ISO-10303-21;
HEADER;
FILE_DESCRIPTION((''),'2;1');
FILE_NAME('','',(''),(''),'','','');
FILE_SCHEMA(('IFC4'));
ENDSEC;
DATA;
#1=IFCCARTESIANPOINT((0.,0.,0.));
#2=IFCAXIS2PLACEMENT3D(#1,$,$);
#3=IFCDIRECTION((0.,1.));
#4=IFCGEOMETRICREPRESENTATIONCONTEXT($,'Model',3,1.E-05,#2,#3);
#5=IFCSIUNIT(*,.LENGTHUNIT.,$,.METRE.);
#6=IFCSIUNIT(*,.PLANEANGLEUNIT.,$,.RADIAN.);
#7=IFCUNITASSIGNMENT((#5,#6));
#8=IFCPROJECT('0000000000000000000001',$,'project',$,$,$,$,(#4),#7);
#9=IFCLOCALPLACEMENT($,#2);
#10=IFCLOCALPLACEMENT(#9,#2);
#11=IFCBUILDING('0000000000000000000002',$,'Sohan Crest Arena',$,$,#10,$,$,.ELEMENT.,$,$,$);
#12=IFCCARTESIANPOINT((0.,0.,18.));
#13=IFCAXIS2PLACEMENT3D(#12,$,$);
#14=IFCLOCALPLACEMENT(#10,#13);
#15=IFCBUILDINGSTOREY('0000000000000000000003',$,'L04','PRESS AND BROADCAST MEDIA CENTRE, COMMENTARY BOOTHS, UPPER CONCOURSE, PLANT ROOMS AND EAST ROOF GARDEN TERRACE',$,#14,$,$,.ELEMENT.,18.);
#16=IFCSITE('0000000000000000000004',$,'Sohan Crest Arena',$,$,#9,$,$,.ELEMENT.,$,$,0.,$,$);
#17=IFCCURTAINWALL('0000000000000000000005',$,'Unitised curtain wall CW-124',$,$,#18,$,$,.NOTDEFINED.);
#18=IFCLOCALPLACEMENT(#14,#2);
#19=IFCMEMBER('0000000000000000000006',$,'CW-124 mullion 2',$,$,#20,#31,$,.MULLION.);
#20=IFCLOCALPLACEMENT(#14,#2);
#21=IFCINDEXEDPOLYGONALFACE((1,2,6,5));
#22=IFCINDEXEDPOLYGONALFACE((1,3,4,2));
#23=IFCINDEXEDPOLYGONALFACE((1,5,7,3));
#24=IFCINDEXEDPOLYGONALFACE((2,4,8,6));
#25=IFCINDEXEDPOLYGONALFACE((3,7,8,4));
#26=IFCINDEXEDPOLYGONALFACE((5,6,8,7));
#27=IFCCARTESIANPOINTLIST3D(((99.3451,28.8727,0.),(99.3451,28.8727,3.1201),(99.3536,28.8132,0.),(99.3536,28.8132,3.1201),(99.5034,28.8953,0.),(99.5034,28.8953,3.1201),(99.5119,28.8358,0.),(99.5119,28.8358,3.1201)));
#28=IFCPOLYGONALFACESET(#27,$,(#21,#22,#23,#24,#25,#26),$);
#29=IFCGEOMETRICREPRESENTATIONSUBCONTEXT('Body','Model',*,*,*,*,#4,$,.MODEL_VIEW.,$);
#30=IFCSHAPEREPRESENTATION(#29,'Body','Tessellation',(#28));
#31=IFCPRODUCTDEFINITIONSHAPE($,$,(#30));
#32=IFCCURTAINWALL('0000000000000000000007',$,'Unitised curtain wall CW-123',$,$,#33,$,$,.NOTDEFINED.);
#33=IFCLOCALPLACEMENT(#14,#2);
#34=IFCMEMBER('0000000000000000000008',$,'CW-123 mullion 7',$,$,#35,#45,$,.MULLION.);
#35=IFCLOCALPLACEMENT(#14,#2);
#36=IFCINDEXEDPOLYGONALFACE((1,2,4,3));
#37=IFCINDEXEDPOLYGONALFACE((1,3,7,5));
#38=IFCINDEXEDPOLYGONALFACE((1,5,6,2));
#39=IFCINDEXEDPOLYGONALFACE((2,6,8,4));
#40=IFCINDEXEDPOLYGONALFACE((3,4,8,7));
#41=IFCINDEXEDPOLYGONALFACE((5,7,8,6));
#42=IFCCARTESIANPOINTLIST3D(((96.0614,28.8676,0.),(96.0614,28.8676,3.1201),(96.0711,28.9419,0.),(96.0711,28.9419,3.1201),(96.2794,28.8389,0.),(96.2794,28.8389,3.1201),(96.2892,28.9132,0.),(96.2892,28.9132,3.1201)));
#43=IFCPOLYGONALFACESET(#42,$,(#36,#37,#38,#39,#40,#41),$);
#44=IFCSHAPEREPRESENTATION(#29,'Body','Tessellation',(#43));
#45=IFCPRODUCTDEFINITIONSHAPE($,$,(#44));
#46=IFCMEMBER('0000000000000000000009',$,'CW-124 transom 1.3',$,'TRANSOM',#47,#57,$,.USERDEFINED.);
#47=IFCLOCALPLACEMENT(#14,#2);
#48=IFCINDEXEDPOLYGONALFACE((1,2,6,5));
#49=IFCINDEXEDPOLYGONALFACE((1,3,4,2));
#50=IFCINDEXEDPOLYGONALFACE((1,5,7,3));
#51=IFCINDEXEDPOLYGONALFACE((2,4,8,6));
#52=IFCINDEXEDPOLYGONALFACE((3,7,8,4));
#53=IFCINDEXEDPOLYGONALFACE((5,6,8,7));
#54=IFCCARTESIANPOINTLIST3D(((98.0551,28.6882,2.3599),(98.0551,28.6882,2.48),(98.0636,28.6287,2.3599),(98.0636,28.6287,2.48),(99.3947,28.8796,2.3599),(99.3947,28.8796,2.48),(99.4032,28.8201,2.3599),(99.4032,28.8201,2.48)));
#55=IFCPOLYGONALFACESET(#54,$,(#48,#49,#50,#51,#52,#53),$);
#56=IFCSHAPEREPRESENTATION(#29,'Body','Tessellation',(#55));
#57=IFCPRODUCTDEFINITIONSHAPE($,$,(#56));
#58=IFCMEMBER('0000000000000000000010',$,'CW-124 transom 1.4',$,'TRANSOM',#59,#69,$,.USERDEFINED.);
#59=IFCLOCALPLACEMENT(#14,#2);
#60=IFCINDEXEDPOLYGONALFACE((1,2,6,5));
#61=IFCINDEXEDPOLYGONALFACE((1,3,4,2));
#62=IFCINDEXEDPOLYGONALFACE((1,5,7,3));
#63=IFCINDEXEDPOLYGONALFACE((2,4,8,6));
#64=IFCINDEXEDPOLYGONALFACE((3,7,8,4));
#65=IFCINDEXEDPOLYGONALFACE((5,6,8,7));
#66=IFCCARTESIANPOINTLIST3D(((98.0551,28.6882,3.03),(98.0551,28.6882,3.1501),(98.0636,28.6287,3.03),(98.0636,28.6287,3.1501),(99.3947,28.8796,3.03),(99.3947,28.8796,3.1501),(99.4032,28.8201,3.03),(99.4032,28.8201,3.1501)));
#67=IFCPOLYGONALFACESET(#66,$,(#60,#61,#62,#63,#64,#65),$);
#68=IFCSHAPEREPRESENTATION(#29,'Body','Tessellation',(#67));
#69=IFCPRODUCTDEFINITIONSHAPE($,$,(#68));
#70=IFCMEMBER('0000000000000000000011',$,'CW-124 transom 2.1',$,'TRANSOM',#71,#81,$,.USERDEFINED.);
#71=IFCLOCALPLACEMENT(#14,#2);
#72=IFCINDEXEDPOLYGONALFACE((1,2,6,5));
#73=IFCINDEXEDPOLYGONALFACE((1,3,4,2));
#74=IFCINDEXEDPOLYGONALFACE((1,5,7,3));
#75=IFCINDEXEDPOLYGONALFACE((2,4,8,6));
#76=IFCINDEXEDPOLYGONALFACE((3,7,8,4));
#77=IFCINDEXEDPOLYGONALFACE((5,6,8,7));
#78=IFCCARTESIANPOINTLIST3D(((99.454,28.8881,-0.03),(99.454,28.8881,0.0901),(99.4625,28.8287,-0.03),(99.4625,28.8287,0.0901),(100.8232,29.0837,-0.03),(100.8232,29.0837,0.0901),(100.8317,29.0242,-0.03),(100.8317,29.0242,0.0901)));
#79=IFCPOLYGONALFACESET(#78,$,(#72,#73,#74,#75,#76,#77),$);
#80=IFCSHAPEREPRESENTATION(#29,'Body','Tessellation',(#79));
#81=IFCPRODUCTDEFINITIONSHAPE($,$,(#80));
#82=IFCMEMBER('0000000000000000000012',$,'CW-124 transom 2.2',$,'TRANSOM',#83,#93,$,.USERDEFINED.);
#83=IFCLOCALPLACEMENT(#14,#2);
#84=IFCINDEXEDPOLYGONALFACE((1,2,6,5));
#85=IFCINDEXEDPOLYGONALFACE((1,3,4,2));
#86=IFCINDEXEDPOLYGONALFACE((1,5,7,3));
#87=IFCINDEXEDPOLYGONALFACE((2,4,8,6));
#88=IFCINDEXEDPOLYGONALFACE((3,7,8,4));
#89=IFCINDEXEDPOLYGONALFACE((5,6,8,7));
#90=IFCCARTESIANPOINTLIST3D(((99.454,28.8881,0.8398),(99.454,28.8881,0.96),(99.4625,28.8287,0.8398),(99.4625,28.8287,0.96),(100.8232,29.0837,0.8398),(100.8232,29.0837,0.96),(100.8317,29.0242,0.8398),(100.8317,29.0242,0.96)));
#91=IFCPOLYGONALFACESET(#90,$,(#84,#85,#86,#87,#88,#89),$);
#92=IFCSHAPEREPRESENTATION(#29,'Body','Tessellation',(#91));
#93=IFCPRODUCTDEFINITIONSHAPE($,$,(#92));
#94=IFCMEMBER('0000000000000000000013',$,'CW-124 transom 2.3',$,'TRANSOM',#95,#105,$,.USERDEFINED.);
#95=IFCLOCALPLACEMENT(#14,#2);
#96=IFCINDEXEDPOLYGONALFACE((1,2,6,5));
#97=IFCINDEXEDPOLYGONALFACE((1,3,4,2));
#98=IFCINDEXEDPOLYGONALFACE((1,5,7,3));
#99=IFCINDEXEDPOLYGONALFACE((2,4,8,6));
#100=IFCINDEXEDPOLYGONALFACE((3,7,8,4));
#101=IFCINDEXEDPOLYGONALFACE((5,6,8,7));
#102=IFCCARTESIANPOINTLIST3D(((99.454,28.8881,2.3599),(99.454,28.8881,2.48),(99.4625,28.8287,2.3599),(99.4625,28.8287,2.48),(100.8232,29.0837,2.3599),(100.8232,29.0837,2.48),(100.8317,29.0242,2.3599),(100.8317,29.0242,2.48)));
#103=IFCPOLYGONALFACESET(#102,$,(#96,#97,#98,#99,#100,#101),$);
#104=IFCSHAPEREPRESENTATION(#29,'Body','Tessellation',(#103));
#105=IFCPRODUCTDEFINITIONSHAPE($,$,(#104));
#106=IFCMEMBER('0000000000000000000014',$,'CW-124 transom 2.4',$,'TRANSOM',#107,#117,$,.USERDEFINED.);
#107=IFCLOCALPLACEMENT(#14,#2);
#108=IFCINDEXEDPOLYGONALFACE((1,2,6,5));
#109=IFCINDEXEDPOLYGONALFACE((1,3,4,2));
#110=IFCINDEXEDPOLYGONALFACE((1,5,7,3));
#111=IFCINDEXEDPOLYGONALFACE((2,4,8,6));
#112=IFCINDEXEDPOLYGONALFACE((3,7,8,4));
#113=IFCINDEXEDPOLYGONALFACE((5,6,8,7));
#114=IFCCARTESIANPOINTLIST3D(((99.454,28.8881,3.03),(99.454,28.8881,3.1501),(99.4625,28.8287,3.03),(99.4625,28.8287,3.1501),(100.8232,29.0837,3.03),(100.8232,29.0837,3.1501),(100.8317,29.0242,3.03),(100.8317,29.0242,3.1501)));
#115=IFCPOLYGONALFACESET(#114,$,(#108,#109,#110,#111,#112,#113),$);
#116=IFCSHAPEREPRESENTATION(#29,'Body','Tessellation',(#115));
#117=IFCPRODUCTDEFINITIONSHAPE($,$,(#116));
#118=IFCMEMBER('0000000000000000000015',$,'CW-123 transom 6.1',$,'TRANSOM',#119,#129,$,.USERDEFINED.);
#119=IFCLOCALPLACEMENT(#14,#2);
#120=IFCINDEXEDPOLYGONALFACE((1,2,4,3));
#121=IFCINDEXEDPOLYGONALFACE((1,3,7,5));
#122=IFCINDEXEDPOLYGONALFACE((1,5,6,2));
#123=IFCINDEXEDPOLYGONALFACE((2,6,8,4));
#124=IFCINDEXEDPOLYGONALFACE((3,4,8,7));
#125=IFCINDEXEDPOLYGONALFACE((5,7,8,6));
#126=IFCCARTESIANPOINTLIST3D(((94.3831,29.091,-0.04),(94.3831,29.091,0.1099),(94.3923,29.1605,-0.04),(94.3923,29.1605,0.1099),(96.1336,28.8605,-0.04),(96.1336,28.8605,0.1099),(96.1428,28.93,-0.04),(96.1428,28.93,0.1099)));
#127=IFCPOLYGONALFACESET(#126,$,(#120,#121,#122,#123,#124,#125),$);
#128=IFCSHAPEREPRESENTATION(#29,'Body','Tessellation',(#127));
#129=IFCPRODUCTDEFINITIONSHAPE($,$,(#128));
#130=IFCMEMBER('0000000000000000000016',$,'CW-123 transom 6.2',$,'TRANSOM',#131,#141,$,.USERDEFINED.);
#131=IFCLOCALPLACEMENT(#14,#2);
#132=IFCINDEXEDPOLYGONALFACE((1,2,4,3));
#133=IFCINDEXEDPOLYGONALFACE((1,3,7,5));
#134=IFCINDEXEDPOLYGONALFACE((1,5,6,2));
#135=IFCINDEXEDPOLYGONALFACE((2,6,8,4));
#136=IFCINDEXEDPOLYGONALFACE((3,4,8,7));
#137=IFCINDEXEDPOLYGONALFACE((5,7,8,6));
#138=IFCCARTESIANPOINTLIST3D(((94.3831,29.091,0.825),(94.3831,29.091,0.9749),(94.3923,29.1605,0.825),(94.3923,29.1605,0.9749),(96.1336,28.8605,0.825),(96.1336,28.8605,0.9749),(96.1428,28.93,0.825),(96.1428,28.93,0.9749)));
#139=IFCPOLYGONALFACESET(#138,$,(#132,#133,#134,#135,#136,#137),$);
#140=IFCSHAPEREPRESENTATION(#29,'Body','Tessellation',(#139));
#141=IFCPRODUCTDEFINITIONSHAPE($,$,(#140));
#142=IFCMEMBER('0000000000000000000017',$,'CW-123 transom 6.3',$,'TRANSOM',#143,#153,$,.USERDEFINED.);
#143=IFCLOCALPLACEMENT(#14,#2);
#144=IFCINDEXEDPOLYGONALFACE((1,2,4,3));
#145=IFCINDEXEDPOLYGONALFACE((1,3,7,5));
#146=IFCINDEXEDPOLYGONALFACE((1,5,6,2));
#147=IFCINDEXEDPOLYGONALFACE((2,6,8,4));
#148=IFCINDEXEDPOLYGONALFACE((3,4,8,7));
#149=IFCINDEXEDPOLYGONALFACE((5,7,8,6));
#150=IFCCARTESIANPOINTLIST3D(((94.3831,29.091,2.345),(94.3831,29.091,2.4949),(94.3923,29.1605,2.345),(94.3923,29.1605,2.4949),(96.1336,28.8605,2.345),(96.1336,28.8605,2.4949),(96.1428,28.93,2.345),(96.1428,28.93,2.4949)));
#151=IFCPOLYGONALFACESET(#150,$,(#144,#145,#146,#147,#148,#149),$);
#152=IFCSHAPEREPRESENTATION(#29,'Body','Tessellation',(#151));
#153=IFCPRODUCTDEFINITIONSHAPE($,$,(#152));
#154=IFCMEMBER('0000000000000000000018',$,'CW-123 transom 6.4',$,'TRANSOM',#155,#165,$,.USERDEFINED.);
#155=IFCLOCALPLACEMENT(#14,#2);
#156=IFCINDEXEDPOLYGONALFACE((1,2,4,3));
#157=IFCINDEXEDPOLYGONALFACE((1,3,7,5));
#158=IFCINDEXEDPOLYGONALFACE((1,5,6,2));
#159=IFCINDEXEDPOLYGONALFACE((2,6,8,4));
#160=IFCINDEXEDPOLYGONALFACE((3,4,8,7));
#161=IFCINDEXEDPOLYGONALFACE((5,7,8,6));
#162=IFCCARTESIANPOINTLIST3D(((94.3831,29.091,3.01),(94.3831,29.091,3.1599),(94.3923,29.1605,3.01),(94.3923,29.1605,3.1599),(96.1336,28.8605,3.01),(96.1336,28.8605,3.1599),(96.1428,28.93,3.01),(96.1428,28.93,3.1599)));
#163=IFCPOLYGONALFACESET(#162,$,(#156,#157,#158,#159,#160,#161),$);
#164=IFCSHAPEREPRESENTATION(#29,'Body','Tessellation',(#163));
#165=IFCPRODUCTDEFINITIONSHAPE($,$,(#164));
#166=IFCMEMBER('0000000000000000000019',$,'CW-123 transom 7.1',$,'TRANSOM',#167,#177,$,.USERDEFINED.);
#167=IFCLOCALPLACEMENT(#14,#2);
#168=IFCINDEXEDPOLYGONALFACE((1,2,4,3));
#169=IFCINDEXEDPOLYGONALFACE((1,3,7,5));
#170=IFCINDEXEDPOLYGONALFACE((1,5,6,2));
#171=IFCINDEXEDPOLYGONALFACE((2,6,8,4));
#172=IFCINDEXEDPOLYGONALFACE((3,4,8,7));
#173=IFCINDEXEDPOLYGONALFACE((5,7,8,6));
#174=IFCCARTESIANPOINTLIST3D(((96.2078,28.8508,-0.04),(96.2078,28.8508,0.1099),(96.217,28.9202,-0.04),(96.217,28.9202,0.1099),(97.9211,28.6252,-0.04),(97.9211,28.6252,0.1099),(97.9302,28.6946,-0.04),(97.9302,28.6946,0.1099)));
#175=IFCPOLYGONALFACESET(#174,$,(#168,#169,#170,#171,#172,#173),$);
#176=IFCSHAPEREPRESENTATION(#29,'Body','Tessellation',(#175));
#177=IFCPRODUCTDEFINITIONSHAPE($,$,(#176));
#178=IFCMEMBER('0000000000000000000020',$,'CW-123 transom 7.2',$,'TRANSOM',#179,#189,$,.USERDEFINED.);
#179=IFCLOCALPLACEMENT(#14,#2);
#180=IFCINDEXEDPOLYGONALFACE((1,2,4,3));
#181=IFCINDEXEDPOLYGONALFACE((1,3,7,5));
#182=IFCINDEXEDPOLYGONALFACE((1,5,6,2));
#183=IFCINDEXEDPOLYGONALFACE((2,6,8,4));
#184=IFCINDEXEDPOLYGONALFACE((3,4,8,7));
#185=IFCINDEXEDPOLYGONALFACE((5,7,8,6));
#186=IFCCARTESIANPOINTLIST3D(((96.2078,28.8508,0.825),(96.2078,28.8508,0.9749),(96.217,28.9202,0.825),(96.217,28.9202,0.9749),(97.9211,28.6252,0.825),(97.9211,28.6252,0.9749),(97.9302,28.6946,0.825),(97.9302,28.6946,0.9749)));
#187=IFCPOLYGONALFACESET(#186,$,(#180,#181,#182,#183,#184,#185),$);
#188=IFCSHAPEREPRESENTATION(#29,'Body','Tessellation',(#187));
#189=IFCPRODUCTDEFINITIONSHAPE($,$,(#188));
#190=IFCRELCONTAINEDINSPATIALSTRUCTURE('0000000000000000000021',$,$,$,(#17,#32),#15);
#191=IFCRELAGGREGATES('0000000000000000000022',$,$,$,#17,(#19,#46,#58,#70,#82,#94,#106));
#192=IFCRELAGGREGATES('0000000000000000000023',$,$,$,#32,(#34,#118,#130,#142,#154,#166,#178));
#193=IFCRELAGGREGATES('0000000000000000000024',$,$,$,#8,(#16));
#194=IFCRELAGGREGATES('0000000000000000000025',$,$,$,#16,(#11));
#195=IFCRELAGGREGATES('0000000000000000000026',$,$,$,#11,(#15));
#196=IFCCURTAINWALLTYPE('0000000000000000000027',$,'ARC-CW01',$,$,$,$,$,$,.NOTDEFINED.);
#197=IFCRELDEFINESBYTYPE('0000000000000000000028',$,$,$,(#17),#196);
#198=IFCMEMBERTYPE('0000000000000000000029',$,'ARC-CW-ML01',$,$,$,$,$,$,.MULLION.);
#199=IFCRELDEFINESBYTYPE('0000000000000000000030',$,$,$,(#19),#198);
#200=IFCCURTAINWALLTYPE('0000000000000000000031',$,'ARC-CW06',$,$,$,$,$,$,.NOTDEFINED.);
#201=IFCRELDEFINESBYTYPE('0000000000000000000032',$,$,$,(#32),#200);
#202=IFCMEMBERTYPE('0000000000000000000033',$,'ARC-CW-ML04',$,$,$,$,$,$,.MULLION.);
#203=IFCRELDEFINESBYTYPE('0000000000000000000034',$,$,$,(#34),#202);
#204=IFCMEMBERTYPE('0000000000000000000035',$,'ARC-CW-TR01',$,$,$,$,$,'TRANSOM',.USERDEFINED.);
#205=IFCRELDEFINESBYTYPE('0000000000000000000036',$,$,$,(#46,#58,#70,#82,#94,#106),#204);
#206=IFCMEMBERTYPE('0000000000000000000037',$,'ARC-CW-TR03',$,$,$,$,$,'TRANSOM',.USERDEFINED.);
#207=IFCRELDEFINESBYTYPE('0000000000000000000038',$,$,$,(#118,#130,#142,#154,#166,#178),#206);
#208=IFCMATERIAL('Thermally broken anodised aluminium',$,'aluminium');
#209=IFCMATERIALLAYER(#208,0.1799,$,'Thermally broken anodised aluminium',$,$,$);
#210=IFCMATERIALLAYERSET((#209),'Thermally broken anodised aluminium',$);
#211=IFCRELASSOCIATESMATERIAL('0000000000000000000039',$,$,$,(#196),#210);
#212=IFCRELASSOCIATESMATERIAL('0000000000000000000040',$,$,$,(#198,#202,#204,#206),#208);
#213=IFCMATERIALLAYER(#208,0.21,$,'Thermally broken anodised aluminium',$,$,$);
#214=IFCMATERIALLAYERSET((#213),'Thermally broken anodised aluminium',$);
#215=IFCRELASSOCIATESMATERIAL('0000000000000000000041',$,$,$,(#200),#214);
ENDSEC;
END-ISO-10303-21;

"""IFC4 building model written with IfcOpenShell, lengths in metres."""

from ifc_helpers import new_model, si_unit, direction, frame, origin, origin_2d, place, context, subcontext, project, spatial, rectangle, extrude, material, layer, layer_set, material_profile, profile_set, type_object, element, aggregate, save


model = new_model("IFC4")

# Units and contexts
model_context = context("Model", 3, precision=1e-05, world=origin(), true_north=direction((0.0, 1.0)))
body_context = subcontext(model_context, "Body", "Model", "MODEL_VIEW")
ifc_project = project(units=[si_unit("LENGTHUNIT", "METRE"), si_unit("PLANEANGLEUNIT", "RADIAN")], contexts=[model_context])

# Site, building, storey
site_placement = place(None, origin())
site = spatial("IfcSite", under=ifc_project, at=site_placement, Name="Sohan Crest Arena", CompositionType="ELEMENT", RefElevation=0.0)
building_placement = place(site_placement, origin())
building = spatial("IfcBuilding", under=site, at=building_placement, Name="Sohan Crest Arena", CompositionType="ELEMENT")
storey_placement = place(building_placement, frame((0.0, 0.0, 18.0)))
storey = spatial("IfcBuildingStorey", under=building, at=storey_placement, Name="L04", Description="PRESS AND BROADCAST MEDIA CENTRE, COMMENTARY BOOTHS, UPPER CONCOURSE, PLANT ROOMS AND EAST ROOF GARDEN TERRACE", CompositionType="ELEMENT", Elevation=18.0)

# Curtain walls, members
ifc_material_1 = material(Name="Thermally broken anodised aluminium", Category="aluminium")
ifc_layer_1 = layer(ifc_material_1, 0.1799, Name="Thermally broken anodised aluminium")
ifc_layer_set_1 = layer_set([ifc_layer_1], Name="Thermally broken anodised aluminium")
curtain_wall_type_1 = type_object("IfcCurtainWallType", Name="ARC-CW01", PredefinedType="NOTDEFINED", material=ifc_layer_set_1)
curtain_wall_1_placement = place(storey_placement, origin())
curtain_wall_1 = element("IfcCurtainWall", 1, at=curtain_wall_1_placement, inside=storey, type_object=curtain_wall_type_1, Name="Unitised curtain wall CW-124", PredefinedType="NOTDEFINED")
ifc_material_profile_1 = material_profile(ifc_material_1, rectangle(XDim=0.0601, YDim=0.1599, at=origin_2d()), Name="ALU-MULL 60x160")
ifc_profile_set_1 = profile_set([ifc_material_profile_1], Name="Thermally broken anodised aluminium")
member_type_1 = type_object("IfcMemberType", Name="ARC-CW-ML01", PredefinedType="MULLION", material=ifc_profile_set_1)
member_1_placement = place(storey_placement, frame((99.4285, 28.8542, 0.0), z_axis=(0.0, 0.0, 1.0), x_axis=(-0.141463, 0.989944, 0.0)))
member_1 = element("IfcMember", 2, at=member_1_placement, type_object=member_type_1, Name="CW-124 mullion 2", PredefinedType="MULLION", context=body_context, shape_type="SweptSolid", body=[
    extrude(rectangle(XDim=0.0601, YDim=0.1599, at=origin_2d()), origin(), (0.0, 0.0, 1.0), 3.1201),
])
ifc_layer_2 = layer(ifc_material_1, 0.21, Name="Thermally broken anodised aluminium")
ifc_layer_set_2 = layer_set([ifc_layer_2], Name="Thermally broken anodised aluminium")
curtain_wall_type_2 = type_object("IfcCurtainWallType", Name="ARC-CW06", PredefinedType="NOTDEFINED", material=ifc_layer_set_2)
curtain_wall_2_placement = place(storey_placement, origin())
curtain_wall_2 = element("IfcCurtainWall", 3, at=curtain_wall_2_placement, inside=storey, type_object=curtain_wall_type_2, Name="Unitised curtain wall CW-123", PredefinedType="NOTDEFINED")
ifc_material_profile_2 = material_profile(ifc_material_1, rectangle(XDim=0.075, YDim=0.22, at=origin_2d()), Name="ALU-MULL 75x220")
ifc_profile_set_2 = profile_set([ifc_material_profile_2], Name="Thermally broken anodised aluminium")
member_type_2 = type_object("IfcMemberType", Name="ARC-CW-ML04", PredefinedType="MULLION", material=ifc_profile_set_2)
member_2_placement = place(storey_placement, frame((96.1753, 28.8904, 0.0), z_axis=(0.0, 0.0, 1.0), x_axis=(0.130557, 0.991441, 0.0)))
member_2 = element("IfcMember", 4, at=member_2_placement, type_object=member_type_2, Name="CW-123 mullion 7", PredefinedType="MULLION", context=body_context, shape_type="SweptSolid", body=[
    extrude(rectangle(XDim=0.075, YDim=0.22, at=origin_2d()), origin(), (0.0, 0.0, 1.0), 3.1201),
])

# Members
ifc_material_profile_3 = material_profile(ifc_material_1, rectangle(XDim=0.0601, YDim=0.1201, at=origin_2d()), Name="ALU-TRAN 60x120")
ifc_profile_set_3 = profile_set([ifc_material_profile_3], Name="Thermally broken anodised aluminium")
member_type_3 = type_object("IfcMemberType", Name="ARC-CW-TR01", ElementType="TRANSOM", PredefinedType="USERDEFINED", material=ifc_profile_set_3)
member_3_placement = place(storey_placement, frame((98.0593, 28.6584, 2.4199), z_axis=(0.989946, 0.141447, 0.0), x_axis=(-0.141447, 0.989946, 0.0)))
member_3 = element("IfcMember", 5, at=member_3_placement, type_object=member_type_3, Name="CW-124 transom 1.3", ObjectType="TRANSOM", PredefinedType="USERDEFINED", context=body_context, shape_type="SweptSolid", body=[
    extrude(rectangle(XDim=0.0601, YDim=0.1201, at=origin_2d()), origin(), (0.0, 0.0, 1.0), 1.3533),
])
member_4_placement = place(storey_placement, frame((98.0593, 28.6584, 3.0901), z_axis=(0.989946, 0.141447, 0.0), x_axis=(-0.141447, 0.989946, 0.0)))
member_4 = element("IfcMember", 6, at=member_4_placement, type_object=member_type_3, Name="CW-124 transom 1.4", ObjectType="TRANSOM", PredefinedType="USERDEFINED", context=body_context, shape_type="SweptSolid", body=[
    extrude(rectangle(XDim=0.0601, YDim=0.1201, at=origin_2d()), origin(), (0.0, 0.0, 1.0), 1.3533),
])
member_5_placement = place(storey_placement, frame((99.4583, 28.8584, 0.03), z_axis=(0.989953, 0.141397, 0.0), x_axis=(-0.141397, 0.989953, 0.0)))
member_5 = element("IfcMember", 7, at=member_5_placement, type_object=member_type_3, Name="CW-124 transom 2.1", ObjectType="TRANSOM", PredefinedType="USERDEFINED", context=body_context, shape_type="SweptSolid", body=[
    extrude(rectangle(XDim=0.0601, YDim=0.1201, at=origin_2d()), origin(), (0.0, 0.0, 1.0), 1.3831),
])
member_6_placement = place(storey_placement, frame((99.4583, 28.8584, 0.8999), z_axis=(0.989953, 0.141397, 0.0), x_axis=(-0.141397, 0.989953, 0.0)))
member_6 = element("IfcMember", 8, at=member_6_placement, type_object=member_type_3, Name="CW-124 transom 2.2", ObjectType="TRANSOM", PredefinedType="USERDEFINED", context=body_context, shape_type="SweptSolid", body=[
    extrude(rectangle(XDim=0.0601, YDim=0.1201, at=origin_2d()), origin(), (0.0, 0.0, 1.0), 1.3831),
])
member_7_placement = place(storey_placement, frame((99.4583, 28.8584, 2.4199), z_axis=(0.989953, 0.141397, 0.0), x_axis=(-0.141397, 0.989953, 0.0)))
member_7 = element("IfcMember", 9, at=member_7_placement, type_object=member_type_3, Name="CW-124 transom 2.3", ObjectType="TRANSOM", PredefinedType="USERDEFINED", context=body_context, shape_type="SweptSolid", body=[
    extrude(rectangle(XDim=0.0601, YDim=0.1201, at=origin_2d()), origin(), (0.0, 0.0, 1.0), 1.3831),
])
member_8_placement = place(storey_placement, frame((99.4583, 28.8584, 3.0901), z_axis=(0.989953, 0.141397, 0.0), x_axis=(-0.141397, 0.989953, 0.0)))
member_8 = element("IfcMember", 10, at=member_8_placement, type_object=member_type_3, Name="CW-124 transom 2.4", ObjectType="TRANSOM", PredefinedType="USERDEFINED", context=body_context, shape_type="SweptSolid", body=[
    extrude(rectangle(XDim=0.0601, YDim=0.1201, at=origin_2d()), origin(), (0.0, 0.0, 1.0), 1.3831),
])
ifc_material_profile_4 = material_profile(ifc_material_1, rectangle(XDim=0.0701, YDim=0.1499, at=origin_2d()), Name="ALU-TRAN 70x150")
ifc_profile_set_4 = profile_set([ifc_material_profile_4], Name="Thermally broken anodised aluminium")
member_type_4 = type_object("IfcMemberType", Name="ARC-CW-TR03", ElementType="TRANSOM", PredefinedType="USERDEFINED", material=ifc_profile_set_4)
member_9_placement = place(storey_placement, frame((94.3877, 29.1257, 0.0349), z_axis=(0.991444, -0.130533, 0.0), x_axis=(0.130533, 0.991444, 0.0)))
member_9 = element("IfcMember", 11, at=member_9_placement, type_object=member_type_4, Name="CW-123 transom 6.1", ObjectType="TRANSOM", PredefinedType="USERDEFINED", context=body_context, shape_type="SweptSolid", body=[
    extrude(rectangle(XDim=0.0701, YDim=0.1499, at=origin_2d()), origin(), (0.0, 0.0, 1.0), 1.7656),
])
member_10_placement = place(storey_placement, frame((94.3877, 29.1257, 0.8999), z_axis=(0.991444, -0.130533, 0.0), x_axis=(0.130533, 0.991444, 0.0)))
member_10 = element("IfcMember", 12, at=member_10_placement, type_object=member_type_4, Name="CW-123 transom 6.2", ObjectType="TRANSOM", PredefinedType="USERDEFINED", context=body_context, shape_type="SweptSolid", body=[
    extrude(rectangle(XDim=0.0701, YDim=0.1499, at=origin_2d()), origin(), (0.0, 0.0, 1.0), 1.7656),
])
member_11_placement = place(storey_placement, frame((94.3877, 29.1257, 2.4199), z_axis=(0.991444, -0.130533, 0.0), x_axis=(0.130533, 0.991444, 0.0)))
member_11 = element("IfcMember", 13, at=member_11_placement, type_object=member_type_4, Name="CW-123 transom 6.3", ObjectType="TRANSOM", PredefinedType="USERDEFINED", context=body_context, shape_type="SweptSolid", body=[
    extrude(rectangle(XDim=0.0701, YDim=0.1499, at=origin_2d()), origin(), (0.0, 0.0, 1.0), 1.7656),
])
member_12_placement = place(storey_placement, frame((94.3877, 29.1257, 3.085), z_axis=(0.991444, -0.130533, 0.0), x_axis=(0.130533, 0.991444, 0.0)))
member_12 = element("IfcMember", 14, at=member_12_placement, type_object=member_type_4, Name="CW-123 transom 6.4", ObjectType="TRANSOM", PredefinedType="USERDEFINED", context=body_context, shape_type="SweptSolid", body=[
    extrude(rectangle(XDim=0.0701, YDim=0.1499, at=origin_2d()), origin(), (0.0, 0.0, 1.0), 1.7656),
])
member_13_placement = place(storey_placement, frame((96.2124, 28.8855, 0.0349), z_axis=(0.991441, -0.130553, 0.0), x_axis=(0.130553, 0.991441, 0.0)))
member_13 = element("IfcMember", 15, at=member_13_placement, type_object=member_type_4, Name="CW-123 transom 7.1", ObjectType="TRANSOM", PredefinedType="USERDEFINED", context=body_context, shape_type="SweptSolid", body=[
    extrude(rectangle(XDim=0.0701, YDim=0.1499, at=origin_2d()), origin(), (0.0, 0.0, 1.0), 1.728),
])
member_14_placement = place(storey_placement, frame((96.2124, 28.8855, 0.8999), z_axis=(0.991441, -0.130553, 0.0), x_axis=(0.130553, 0.991441, 0.0)))
member_14 = element("IfcMember", 16, at=member_14_placement, type_object=member_type_4, Name="CW-123 transom 7.2", ObjectType="TRANSOM", PredefinedType="USERDEFINED", context=body_context, shape_type="SweptSolid", body=[
    extrude(rectangle(XDim=0.0701, YDim=0.1499, at=origin_2d()), origin(), (0.0, 0.0, 1.0), 1.728),
])

aggregate(curtain_wall_1, [member_1, member_3, member_4, member_5, member_6, member_7, member_8])
aggregate(curtain_wall_2, [member_2, member_9, member_10, member_11, member_12, member_13, member_14])

save(model, "model.ifc")
